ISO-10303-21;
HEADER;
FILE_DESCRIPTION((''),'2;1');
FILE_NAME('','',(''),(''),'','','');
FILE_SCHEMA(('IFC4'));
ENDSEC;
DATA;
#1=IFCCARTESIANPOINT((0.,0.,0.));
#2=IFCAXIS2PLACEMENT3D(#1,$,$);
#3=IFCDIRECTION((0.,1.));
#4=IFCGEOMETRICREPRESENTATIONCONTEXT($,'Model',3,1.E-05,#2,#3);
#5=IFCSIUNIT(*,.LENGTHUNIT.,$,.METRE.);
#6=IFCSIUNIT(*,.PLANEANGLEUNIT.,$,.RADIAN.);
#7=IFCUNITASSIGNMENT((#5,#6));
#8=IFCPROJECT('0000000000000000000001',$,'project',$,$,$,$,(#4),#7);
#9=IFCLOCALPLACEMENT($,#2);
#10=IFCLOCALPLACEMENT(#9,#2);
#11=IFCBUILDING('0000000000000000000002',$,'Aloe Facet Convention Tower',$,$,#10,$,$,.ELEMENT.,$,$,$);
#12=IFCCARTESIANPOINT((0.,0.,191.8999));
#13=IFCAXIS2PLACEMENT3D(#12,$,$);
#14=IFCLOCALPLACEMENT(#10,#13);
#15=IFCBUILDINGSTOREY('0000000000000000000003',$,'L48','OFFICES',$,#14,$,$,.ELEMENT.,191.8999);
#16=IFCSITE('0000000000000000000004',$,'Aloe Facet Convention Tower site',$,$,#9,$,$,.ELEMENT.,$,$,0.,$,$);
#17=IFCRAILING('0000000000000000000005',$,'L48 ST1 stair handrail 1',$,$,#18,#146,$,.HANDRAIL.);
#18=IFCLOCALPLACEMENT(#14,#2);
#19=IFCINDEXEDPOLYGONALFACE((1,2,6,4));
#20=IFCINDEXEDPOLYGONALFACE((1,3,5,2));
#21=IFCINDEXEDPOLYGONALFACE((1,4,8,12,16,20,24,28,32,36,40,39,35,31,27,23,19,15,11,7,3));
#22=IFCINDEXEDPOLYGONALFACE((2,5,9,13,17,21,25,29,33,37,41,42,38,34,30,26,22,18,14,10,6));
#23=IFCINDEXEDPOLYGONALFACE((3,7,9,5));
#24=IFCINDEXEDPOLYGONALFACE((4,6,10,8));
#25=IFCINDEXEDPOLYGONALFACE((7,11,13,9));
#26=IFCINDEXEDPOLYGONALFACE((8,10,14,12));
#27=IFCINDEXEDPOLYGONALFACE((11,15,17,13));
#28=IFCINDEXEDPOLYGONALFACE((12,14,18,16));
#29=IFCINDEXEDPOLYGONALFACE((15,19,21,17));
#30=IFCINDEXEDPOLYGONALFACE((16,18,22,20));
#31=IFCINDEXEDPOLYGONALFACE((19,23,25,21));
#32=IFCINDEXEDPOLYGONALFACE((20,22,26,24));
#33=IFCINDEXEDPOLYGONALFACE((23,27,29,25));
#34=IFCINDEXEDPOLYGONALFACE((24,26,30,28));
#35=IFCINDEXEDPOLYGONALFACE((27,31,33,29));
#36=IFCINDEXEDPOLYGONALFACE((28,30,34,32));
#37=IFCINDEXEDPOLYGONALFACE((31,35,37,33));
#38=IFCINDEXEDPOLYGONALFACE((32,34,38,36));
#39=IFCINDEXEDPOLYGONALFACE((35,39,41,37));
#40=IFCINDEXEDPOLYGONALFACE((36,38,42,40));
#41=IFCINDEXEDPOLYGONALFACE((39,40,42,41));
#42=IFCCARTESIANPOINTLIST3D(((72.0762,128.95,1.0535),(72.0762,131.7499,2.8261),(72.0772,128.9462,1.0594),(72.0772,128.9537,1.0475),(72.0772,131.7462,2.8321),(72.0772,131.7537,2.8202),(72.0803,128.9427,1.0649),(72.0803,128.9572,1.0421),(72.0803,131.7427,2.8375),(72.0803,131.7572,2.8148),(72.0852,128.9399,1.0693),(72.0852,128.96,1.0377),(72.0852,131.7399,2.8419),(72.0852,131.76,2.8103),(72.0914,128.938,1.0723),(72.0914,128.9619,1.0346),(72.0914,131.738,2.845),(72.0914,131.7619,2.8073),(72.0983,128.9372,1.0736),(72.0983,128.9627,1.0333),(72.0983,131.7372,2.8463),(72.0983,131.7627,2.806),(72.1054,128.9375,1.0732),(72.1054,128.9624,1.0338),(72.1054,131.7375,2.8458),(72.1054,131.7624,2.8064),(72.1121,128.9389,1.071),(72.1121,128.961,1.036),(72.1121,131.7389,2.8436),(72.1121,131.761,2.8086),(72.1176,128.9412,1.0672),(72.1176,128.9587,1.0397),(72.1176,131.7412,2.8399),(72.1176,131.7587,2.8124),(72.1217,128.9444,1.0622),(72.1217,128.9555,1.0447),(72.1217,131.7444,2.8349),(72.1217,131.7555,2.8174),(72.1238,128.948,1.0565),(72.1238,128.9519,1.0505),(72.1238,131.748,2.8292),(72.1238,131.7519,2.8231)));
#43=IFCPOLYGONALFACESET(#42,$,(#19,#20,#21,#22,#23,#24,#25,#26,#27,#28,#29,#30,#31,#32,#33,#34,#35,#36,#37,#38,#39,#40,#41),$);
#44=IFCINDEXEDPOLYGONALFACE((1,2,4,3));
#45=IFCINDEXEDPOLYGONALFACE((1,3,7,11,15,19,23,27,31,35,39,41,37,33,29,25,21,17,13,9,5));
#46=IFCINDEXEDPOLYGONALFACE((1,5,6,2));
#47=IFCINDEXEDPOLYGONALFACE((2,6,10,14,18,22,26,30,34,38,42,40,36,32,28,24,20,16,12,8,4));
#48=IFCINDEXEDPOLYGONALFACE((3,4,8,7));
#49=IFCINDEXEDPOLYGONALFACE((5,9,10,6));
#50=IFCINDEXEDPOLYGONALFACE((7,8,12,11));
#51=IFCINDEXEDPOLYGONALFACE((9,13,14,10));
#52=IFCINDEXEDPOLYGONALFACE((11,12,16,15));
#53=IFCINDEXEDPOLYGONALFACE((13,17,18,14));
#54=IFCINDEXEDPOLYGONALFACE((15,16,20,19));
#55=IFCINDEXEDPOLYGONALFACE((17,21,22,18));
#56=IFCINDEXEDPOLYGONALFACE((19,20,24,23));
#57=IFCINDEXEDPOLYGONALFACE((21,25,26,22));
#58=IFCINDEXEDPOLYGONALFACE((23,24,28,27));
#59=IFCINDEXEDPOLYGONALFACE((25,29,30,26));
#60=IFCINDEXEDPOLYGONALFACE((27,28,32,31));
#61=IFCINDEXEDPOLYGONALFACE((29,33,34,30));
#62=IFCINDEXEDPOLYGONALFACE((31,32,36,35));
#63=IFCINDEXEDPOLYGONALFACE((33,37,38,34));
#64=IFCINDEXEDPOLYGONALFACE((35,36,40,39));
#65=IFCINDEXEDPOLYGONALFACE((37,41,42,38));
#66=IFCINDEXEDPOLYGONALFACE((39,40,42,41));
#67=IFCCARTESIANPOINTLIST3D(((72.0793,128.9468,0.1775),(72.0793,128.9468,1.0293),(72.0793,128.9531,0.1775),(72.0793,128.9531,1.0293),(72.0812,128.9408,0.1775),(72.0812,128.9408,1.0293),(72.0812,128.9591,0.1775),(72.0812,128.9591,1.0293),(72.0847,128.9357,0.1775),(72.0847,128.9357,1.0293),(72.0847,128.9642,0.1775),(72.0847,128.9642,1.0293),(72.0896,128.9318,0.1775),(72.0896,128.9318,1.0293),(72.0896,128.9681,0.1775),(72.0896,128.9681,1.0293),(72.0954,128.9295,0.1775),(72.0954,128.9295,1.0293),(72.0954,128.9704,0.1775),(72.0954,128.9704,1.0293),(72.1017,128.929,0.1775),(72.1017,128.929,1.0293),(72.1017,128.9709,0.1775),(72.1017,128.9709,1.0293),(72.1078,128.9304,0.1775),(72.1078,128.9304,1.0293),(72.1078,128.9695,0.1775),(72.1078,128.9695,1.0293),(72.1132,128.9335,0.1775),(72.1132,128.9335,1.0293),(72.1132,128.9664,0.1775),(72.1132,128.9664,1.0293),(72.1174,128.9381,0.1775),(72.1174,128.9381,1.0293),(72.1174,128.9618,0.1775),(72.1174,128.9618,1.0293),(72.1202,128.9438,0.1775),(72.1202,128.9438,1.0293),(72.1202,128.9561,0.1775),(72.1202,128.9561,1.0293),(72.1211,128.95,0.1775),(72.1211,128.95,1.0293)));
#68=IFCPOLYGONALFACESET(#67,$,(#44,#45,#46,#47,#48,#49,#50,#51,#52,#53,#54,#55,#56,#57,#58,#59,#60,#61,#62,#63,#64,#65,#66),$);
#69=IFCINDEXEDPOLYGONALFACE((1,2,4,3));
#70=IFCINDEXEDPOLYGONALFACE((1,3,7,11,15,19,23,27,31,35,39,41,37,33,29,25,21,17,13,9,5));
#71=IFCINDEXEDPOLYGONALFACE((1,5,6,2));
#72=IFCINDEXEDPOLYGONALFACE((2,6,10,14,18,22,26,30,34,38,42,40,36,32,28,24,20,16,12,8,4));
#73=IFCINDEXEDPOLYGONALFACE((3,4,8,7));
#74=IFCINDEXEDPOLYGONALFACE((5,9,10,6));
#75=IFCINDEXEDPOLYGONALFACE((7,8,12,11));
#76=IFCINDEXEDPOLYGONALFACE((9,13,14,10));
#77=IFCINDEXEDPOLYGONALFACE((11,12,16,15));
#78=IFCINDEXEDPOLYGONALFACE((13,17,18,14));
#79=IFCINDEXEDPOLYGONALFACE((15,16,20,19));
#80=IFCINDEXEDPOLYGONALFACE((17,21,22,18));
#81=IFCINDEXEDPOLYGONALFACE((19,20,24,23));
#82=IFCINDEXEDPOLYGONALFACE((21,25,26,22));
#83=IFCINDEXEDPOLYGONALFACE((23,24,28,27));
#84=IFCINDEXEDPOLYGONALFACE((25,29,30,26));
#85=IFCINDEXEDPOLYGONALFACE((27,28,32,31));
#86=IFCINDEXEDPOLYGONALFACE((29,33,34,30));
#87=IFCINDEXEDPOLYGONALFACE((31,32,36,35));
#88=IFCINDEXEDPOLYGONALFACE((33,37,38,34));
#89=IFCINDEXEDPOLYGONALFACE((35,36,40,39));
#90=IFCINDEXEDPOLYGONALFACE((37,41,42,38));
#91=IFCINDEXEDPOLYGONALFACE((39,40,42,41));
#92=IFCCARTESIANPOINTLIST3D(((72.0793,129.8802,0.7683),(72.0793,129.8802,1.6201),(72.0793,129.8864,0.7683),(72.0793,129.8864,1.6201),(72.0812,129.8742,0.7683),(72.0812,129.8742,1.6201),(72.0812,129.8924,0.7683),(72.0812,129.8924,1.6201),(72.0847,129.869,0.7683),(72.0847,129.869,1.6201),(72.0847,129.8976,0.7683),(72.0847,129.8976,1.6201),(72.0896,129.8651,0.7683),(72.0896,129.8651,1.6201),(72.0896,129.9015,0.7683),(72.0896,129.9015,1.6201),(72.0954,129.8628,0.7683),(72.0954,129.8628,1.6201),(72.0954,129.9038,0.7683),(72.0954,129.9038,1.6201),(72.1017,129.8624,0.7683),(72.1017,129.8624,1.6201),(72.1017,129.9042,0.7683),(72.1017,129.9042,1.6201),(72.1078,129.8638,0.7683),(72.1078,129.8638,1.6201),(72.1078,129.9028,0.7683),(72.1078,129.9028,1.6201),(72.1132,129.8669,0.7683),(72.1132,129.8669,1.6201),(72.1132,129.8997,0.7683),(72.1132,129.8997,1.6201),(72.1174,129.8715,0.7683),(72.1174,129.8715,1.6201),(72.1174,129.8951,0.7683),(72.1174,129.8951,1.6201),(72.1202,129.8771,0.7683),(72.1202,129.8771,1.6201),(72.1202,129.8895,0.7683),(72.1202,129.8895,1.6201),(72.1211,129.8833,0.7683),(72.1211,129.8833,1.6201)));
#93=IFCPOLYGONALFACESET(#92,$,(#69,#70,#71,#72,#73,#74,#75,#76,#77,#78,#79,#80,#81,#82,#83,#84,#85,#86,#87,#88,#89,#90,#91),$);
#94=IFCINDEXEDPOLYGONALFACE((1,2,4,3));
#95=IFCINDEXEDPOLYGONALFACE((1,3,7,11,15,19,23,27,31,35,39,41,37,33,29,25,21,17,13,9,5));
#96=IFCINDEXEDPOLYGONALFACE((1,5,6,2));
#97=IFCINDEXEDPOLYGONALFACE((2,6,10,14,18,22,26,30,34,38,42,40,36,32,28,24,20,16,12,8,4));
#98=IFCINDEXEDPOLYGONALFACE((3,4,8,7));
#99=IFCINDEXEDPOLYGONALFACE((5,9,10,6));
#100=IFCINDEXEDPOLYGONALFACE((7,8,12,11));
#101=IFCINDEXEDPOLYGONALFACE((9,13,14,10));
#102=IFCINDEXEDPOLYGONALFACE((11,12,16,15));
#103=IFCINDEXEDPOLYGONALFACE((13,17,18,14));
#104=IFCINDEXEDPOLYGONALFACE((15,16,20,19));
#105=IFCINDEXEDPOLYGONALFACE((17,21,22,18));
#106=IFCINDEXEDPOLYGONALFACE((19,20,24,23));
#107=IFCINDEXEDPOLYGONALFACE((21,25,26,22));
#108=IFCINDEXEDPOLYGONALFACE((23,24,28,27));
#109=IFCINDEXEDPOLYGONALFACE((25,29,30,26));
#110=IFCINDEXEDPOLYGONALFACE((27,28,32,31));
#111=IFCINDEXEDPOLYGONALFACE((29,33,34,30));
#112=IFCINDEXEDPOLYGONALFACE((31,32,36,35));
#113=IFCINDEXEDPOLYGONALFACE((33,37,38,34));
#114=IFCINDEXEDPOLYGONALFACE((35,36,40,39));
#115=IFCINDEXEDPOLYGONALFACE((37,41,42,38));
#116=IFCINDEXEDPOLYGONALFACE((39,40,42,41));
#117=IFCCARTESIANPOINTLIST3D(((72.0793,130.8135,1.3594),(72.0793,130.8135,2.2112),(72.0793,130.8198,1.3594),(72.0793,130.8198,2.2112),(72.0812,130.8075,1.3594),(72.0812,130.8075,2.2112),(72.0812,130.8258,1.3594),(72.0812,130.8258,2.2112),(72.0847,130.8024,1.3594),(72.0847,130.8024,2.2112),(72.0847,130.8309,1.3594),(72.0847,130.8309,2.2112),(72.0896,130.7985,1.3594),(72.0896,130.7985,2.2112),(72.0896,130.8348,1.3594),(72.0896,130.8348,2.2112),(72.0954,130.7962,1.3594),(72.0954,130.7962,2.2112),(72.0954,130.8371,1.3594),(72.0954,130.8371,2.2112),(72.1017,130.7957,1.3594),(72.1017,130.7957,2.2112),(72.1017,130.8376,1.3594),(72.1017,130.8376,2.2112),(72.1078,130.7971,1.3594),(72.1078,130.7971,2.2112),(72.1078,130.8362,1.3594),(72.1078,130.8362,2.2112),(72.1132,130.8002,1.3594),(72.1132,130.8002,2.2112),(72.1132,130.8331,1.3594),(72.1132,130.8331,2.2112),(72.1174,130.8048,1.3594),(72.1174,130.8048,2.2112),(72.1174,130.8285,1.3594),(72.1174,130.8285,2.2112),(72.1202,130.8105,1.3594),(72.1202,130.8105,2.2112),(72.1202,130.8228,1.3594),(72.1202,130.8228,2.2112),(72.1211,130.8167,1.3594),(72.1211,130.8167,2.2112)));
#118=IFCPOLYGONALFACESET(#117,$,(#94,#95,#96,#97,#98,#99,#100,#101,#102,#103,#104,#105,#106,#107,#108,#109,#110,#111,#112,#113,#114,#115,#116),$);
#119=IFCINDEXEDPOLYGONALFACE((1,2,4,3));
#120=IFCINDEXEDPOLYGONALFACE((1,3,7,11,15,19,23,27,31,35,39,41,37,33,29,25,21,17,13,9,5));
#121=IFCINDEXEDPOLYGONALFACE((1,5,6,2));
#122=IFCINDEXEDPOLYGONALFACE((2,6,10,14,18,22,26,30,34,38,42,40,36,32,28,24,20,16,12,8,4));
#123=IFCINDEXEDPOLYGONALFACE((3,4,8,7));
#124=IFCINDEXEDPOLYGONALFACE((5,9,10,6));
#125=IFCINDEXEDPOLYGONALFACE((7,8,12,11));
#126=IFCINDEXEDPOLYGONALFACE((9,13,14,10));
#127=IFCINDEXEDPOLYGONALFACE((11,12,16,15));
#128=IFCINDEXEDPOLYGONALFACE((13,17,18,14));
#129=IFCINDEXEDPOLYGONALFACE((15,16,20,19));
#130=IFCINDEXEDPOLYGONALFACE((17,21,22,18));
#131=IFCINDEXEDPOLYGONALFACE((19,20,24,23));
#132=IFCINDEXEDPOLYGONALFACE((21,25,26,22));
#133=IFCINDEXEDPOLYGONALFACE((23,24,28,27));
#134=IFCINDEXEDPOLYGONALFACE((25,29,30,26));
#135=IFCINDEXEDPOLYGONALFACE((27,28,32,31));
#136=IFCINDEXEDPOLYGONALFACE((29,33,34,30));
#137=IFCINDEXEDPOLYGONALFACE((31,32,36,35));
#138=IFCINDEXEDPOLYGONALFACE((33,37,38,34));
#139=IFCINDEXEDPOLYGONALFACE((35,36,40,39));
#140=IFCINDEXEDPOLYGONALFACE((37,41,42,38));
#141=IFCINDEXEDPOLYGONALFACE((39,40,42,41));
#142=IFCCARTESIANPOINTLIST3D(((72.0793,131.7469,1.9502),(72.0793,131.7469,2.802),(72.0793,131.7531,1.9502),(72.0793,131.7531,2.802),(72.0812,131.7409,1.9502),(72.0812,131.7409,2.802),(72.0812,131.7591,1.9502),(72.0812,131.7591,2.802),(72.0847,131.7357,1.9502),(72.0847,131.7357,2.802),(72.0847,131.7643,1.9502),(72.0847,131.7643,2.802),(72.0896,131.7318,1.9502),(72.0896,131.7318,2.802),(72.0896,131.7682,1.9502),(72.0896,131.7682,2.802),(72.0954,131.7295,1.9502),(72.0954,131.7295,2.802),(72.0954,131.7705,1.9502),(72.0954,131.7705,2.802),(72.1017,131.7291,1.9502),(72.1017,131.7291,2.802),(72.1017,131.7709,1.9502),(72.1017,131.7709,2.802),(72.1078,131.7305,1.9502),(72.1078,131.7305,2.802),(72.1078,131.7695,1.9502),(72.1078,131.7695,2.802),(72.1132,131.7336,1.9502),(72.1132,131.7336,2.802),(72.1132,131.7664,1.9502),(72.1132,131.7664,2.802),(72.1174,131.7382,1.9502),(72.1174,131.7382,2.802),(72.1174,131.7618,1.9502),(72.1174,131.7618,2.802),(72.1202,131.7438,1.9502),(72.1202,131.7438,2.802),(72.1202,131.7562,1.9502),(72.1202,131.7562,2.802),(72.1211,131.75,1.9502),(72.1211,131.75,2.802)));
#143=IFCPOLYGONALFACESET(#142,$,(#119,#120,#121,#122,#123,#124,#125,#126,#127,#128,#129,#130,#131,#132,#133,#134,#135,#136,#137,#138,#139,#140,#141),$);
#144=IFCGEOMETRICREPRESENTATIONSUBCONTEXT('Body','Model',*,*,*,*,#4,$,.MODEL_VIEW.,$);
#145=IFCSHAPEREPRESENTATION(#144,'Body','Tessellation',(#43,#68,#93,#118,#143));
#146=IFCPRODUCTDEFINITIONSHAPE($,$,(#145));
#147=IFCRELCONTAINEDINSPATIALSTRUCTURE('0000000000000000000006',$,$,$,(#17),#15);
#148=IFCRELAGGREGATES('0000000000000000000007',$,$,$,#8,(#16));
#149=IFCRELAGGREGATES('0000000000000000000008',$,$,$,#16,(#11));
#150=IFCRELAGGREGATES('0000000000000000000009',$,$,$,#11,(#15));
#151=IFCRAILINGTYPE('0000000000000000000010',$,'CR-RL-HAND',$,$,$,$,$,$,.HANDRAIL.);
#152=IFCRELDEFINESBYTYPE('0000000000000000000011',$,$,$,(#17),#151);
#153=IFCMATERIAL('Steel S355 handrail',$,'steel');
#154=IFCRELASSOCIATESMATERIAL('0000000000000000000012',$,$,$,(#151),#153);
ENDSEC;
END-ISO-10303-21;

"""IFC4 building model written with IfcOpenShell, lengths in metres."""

from ifc_helpers import new_model, si_unit, direction, frame, origin, origin_2d, place, context, subcontext, project, spatial, circle, extrude, material, type_object, element, save


model = new_model("IFC4")

# Units and contexts
model_context = context("Model", 3, precision=1e-05, world=origin(), true_north=direction((0.0, 1.0)))
body_context = subcontext(model_context, "Body", "Model", "MODEL_VIEW")
ifc_project = project(units=[si_unit("LENGTHUNIT", "METRE"), si_unit("PLANEANGLEUNIT", "RADIAN")], contexts=[model_context])

# Site, building, storey
site_placement = place(None, origin())
site = spatial("IfcSite", under=ifc_project, at=site_placement, Name="Aloe Facet Convention Tower site", CompositionType="ELEMENT", RefElevation=0.0)
building_placement = place(site_placement, origin())
building = spatial("IfcBuilding", under=site, at=building_placement, Name="Aloe Facet Convention Tower", CompositionType="ELEMENT")
storey_placement = place(building_placement, frame((0.0, 0.0, 191.8999)))
storey = spatial("IfcBuildingStorey", under=building, at=storey_placement, Name="L48", Description="OFFICES", CompositionType="ELEMENT", Elevation=191.8999)

# Railing
ifc_material_1 = material(Name="Steel S355 handrail", Category="steel")
railing_type_1 = type_object("IfcRailingType", Name="CR-RL-HAND", PredefinedType="HANDRAIL", material=ifc_material_1)
railing_1_placement = place(storey_placement, frame((72.1001, 128.95, 0.1775)))
element("IfcRailing", 1, at=railing_1_placement, inside=storey, type_object=railing_type_1, Name="L48 ST1 stair handrail 1", PredefinedType="HANDRAIL", context=body_context, shape_type="SweptSolid", body=[
    extrude(circle(Radius=0.0239, at=origin_2d()), frame((0.0, 0.0, 0.876), z_axis=(0.0, 0.844909, 0.53491), x_axis=(-1.0, 0.0, 0.0)), (0.0, 0.0, 1.0), 3.314),
    extrude(circle(Radius=0.021, at=origin_2d()), origin(), (0.0, 0.0, 1.0), 0.8518),
    extrude(circle(Radius=0.021, at=origin_2d()), frame((0.0, 0.9333, 0.5908)), (0.0, 0.0, 1.0), 0.8518),
    extrude(circle(Radius=0.021, at=origin_2d()), frame((0.0, 1.8667, 1.1819)), (0.0, 0.0, 1.0), 0.8518),
    extrude(circle(Radius=0.021, at=origin_2d()), frame((0.0, 2.8, 1.7727)), (0.0, 0.0, 1.0), 0.8518),
])

save(model, "model.ifc")
